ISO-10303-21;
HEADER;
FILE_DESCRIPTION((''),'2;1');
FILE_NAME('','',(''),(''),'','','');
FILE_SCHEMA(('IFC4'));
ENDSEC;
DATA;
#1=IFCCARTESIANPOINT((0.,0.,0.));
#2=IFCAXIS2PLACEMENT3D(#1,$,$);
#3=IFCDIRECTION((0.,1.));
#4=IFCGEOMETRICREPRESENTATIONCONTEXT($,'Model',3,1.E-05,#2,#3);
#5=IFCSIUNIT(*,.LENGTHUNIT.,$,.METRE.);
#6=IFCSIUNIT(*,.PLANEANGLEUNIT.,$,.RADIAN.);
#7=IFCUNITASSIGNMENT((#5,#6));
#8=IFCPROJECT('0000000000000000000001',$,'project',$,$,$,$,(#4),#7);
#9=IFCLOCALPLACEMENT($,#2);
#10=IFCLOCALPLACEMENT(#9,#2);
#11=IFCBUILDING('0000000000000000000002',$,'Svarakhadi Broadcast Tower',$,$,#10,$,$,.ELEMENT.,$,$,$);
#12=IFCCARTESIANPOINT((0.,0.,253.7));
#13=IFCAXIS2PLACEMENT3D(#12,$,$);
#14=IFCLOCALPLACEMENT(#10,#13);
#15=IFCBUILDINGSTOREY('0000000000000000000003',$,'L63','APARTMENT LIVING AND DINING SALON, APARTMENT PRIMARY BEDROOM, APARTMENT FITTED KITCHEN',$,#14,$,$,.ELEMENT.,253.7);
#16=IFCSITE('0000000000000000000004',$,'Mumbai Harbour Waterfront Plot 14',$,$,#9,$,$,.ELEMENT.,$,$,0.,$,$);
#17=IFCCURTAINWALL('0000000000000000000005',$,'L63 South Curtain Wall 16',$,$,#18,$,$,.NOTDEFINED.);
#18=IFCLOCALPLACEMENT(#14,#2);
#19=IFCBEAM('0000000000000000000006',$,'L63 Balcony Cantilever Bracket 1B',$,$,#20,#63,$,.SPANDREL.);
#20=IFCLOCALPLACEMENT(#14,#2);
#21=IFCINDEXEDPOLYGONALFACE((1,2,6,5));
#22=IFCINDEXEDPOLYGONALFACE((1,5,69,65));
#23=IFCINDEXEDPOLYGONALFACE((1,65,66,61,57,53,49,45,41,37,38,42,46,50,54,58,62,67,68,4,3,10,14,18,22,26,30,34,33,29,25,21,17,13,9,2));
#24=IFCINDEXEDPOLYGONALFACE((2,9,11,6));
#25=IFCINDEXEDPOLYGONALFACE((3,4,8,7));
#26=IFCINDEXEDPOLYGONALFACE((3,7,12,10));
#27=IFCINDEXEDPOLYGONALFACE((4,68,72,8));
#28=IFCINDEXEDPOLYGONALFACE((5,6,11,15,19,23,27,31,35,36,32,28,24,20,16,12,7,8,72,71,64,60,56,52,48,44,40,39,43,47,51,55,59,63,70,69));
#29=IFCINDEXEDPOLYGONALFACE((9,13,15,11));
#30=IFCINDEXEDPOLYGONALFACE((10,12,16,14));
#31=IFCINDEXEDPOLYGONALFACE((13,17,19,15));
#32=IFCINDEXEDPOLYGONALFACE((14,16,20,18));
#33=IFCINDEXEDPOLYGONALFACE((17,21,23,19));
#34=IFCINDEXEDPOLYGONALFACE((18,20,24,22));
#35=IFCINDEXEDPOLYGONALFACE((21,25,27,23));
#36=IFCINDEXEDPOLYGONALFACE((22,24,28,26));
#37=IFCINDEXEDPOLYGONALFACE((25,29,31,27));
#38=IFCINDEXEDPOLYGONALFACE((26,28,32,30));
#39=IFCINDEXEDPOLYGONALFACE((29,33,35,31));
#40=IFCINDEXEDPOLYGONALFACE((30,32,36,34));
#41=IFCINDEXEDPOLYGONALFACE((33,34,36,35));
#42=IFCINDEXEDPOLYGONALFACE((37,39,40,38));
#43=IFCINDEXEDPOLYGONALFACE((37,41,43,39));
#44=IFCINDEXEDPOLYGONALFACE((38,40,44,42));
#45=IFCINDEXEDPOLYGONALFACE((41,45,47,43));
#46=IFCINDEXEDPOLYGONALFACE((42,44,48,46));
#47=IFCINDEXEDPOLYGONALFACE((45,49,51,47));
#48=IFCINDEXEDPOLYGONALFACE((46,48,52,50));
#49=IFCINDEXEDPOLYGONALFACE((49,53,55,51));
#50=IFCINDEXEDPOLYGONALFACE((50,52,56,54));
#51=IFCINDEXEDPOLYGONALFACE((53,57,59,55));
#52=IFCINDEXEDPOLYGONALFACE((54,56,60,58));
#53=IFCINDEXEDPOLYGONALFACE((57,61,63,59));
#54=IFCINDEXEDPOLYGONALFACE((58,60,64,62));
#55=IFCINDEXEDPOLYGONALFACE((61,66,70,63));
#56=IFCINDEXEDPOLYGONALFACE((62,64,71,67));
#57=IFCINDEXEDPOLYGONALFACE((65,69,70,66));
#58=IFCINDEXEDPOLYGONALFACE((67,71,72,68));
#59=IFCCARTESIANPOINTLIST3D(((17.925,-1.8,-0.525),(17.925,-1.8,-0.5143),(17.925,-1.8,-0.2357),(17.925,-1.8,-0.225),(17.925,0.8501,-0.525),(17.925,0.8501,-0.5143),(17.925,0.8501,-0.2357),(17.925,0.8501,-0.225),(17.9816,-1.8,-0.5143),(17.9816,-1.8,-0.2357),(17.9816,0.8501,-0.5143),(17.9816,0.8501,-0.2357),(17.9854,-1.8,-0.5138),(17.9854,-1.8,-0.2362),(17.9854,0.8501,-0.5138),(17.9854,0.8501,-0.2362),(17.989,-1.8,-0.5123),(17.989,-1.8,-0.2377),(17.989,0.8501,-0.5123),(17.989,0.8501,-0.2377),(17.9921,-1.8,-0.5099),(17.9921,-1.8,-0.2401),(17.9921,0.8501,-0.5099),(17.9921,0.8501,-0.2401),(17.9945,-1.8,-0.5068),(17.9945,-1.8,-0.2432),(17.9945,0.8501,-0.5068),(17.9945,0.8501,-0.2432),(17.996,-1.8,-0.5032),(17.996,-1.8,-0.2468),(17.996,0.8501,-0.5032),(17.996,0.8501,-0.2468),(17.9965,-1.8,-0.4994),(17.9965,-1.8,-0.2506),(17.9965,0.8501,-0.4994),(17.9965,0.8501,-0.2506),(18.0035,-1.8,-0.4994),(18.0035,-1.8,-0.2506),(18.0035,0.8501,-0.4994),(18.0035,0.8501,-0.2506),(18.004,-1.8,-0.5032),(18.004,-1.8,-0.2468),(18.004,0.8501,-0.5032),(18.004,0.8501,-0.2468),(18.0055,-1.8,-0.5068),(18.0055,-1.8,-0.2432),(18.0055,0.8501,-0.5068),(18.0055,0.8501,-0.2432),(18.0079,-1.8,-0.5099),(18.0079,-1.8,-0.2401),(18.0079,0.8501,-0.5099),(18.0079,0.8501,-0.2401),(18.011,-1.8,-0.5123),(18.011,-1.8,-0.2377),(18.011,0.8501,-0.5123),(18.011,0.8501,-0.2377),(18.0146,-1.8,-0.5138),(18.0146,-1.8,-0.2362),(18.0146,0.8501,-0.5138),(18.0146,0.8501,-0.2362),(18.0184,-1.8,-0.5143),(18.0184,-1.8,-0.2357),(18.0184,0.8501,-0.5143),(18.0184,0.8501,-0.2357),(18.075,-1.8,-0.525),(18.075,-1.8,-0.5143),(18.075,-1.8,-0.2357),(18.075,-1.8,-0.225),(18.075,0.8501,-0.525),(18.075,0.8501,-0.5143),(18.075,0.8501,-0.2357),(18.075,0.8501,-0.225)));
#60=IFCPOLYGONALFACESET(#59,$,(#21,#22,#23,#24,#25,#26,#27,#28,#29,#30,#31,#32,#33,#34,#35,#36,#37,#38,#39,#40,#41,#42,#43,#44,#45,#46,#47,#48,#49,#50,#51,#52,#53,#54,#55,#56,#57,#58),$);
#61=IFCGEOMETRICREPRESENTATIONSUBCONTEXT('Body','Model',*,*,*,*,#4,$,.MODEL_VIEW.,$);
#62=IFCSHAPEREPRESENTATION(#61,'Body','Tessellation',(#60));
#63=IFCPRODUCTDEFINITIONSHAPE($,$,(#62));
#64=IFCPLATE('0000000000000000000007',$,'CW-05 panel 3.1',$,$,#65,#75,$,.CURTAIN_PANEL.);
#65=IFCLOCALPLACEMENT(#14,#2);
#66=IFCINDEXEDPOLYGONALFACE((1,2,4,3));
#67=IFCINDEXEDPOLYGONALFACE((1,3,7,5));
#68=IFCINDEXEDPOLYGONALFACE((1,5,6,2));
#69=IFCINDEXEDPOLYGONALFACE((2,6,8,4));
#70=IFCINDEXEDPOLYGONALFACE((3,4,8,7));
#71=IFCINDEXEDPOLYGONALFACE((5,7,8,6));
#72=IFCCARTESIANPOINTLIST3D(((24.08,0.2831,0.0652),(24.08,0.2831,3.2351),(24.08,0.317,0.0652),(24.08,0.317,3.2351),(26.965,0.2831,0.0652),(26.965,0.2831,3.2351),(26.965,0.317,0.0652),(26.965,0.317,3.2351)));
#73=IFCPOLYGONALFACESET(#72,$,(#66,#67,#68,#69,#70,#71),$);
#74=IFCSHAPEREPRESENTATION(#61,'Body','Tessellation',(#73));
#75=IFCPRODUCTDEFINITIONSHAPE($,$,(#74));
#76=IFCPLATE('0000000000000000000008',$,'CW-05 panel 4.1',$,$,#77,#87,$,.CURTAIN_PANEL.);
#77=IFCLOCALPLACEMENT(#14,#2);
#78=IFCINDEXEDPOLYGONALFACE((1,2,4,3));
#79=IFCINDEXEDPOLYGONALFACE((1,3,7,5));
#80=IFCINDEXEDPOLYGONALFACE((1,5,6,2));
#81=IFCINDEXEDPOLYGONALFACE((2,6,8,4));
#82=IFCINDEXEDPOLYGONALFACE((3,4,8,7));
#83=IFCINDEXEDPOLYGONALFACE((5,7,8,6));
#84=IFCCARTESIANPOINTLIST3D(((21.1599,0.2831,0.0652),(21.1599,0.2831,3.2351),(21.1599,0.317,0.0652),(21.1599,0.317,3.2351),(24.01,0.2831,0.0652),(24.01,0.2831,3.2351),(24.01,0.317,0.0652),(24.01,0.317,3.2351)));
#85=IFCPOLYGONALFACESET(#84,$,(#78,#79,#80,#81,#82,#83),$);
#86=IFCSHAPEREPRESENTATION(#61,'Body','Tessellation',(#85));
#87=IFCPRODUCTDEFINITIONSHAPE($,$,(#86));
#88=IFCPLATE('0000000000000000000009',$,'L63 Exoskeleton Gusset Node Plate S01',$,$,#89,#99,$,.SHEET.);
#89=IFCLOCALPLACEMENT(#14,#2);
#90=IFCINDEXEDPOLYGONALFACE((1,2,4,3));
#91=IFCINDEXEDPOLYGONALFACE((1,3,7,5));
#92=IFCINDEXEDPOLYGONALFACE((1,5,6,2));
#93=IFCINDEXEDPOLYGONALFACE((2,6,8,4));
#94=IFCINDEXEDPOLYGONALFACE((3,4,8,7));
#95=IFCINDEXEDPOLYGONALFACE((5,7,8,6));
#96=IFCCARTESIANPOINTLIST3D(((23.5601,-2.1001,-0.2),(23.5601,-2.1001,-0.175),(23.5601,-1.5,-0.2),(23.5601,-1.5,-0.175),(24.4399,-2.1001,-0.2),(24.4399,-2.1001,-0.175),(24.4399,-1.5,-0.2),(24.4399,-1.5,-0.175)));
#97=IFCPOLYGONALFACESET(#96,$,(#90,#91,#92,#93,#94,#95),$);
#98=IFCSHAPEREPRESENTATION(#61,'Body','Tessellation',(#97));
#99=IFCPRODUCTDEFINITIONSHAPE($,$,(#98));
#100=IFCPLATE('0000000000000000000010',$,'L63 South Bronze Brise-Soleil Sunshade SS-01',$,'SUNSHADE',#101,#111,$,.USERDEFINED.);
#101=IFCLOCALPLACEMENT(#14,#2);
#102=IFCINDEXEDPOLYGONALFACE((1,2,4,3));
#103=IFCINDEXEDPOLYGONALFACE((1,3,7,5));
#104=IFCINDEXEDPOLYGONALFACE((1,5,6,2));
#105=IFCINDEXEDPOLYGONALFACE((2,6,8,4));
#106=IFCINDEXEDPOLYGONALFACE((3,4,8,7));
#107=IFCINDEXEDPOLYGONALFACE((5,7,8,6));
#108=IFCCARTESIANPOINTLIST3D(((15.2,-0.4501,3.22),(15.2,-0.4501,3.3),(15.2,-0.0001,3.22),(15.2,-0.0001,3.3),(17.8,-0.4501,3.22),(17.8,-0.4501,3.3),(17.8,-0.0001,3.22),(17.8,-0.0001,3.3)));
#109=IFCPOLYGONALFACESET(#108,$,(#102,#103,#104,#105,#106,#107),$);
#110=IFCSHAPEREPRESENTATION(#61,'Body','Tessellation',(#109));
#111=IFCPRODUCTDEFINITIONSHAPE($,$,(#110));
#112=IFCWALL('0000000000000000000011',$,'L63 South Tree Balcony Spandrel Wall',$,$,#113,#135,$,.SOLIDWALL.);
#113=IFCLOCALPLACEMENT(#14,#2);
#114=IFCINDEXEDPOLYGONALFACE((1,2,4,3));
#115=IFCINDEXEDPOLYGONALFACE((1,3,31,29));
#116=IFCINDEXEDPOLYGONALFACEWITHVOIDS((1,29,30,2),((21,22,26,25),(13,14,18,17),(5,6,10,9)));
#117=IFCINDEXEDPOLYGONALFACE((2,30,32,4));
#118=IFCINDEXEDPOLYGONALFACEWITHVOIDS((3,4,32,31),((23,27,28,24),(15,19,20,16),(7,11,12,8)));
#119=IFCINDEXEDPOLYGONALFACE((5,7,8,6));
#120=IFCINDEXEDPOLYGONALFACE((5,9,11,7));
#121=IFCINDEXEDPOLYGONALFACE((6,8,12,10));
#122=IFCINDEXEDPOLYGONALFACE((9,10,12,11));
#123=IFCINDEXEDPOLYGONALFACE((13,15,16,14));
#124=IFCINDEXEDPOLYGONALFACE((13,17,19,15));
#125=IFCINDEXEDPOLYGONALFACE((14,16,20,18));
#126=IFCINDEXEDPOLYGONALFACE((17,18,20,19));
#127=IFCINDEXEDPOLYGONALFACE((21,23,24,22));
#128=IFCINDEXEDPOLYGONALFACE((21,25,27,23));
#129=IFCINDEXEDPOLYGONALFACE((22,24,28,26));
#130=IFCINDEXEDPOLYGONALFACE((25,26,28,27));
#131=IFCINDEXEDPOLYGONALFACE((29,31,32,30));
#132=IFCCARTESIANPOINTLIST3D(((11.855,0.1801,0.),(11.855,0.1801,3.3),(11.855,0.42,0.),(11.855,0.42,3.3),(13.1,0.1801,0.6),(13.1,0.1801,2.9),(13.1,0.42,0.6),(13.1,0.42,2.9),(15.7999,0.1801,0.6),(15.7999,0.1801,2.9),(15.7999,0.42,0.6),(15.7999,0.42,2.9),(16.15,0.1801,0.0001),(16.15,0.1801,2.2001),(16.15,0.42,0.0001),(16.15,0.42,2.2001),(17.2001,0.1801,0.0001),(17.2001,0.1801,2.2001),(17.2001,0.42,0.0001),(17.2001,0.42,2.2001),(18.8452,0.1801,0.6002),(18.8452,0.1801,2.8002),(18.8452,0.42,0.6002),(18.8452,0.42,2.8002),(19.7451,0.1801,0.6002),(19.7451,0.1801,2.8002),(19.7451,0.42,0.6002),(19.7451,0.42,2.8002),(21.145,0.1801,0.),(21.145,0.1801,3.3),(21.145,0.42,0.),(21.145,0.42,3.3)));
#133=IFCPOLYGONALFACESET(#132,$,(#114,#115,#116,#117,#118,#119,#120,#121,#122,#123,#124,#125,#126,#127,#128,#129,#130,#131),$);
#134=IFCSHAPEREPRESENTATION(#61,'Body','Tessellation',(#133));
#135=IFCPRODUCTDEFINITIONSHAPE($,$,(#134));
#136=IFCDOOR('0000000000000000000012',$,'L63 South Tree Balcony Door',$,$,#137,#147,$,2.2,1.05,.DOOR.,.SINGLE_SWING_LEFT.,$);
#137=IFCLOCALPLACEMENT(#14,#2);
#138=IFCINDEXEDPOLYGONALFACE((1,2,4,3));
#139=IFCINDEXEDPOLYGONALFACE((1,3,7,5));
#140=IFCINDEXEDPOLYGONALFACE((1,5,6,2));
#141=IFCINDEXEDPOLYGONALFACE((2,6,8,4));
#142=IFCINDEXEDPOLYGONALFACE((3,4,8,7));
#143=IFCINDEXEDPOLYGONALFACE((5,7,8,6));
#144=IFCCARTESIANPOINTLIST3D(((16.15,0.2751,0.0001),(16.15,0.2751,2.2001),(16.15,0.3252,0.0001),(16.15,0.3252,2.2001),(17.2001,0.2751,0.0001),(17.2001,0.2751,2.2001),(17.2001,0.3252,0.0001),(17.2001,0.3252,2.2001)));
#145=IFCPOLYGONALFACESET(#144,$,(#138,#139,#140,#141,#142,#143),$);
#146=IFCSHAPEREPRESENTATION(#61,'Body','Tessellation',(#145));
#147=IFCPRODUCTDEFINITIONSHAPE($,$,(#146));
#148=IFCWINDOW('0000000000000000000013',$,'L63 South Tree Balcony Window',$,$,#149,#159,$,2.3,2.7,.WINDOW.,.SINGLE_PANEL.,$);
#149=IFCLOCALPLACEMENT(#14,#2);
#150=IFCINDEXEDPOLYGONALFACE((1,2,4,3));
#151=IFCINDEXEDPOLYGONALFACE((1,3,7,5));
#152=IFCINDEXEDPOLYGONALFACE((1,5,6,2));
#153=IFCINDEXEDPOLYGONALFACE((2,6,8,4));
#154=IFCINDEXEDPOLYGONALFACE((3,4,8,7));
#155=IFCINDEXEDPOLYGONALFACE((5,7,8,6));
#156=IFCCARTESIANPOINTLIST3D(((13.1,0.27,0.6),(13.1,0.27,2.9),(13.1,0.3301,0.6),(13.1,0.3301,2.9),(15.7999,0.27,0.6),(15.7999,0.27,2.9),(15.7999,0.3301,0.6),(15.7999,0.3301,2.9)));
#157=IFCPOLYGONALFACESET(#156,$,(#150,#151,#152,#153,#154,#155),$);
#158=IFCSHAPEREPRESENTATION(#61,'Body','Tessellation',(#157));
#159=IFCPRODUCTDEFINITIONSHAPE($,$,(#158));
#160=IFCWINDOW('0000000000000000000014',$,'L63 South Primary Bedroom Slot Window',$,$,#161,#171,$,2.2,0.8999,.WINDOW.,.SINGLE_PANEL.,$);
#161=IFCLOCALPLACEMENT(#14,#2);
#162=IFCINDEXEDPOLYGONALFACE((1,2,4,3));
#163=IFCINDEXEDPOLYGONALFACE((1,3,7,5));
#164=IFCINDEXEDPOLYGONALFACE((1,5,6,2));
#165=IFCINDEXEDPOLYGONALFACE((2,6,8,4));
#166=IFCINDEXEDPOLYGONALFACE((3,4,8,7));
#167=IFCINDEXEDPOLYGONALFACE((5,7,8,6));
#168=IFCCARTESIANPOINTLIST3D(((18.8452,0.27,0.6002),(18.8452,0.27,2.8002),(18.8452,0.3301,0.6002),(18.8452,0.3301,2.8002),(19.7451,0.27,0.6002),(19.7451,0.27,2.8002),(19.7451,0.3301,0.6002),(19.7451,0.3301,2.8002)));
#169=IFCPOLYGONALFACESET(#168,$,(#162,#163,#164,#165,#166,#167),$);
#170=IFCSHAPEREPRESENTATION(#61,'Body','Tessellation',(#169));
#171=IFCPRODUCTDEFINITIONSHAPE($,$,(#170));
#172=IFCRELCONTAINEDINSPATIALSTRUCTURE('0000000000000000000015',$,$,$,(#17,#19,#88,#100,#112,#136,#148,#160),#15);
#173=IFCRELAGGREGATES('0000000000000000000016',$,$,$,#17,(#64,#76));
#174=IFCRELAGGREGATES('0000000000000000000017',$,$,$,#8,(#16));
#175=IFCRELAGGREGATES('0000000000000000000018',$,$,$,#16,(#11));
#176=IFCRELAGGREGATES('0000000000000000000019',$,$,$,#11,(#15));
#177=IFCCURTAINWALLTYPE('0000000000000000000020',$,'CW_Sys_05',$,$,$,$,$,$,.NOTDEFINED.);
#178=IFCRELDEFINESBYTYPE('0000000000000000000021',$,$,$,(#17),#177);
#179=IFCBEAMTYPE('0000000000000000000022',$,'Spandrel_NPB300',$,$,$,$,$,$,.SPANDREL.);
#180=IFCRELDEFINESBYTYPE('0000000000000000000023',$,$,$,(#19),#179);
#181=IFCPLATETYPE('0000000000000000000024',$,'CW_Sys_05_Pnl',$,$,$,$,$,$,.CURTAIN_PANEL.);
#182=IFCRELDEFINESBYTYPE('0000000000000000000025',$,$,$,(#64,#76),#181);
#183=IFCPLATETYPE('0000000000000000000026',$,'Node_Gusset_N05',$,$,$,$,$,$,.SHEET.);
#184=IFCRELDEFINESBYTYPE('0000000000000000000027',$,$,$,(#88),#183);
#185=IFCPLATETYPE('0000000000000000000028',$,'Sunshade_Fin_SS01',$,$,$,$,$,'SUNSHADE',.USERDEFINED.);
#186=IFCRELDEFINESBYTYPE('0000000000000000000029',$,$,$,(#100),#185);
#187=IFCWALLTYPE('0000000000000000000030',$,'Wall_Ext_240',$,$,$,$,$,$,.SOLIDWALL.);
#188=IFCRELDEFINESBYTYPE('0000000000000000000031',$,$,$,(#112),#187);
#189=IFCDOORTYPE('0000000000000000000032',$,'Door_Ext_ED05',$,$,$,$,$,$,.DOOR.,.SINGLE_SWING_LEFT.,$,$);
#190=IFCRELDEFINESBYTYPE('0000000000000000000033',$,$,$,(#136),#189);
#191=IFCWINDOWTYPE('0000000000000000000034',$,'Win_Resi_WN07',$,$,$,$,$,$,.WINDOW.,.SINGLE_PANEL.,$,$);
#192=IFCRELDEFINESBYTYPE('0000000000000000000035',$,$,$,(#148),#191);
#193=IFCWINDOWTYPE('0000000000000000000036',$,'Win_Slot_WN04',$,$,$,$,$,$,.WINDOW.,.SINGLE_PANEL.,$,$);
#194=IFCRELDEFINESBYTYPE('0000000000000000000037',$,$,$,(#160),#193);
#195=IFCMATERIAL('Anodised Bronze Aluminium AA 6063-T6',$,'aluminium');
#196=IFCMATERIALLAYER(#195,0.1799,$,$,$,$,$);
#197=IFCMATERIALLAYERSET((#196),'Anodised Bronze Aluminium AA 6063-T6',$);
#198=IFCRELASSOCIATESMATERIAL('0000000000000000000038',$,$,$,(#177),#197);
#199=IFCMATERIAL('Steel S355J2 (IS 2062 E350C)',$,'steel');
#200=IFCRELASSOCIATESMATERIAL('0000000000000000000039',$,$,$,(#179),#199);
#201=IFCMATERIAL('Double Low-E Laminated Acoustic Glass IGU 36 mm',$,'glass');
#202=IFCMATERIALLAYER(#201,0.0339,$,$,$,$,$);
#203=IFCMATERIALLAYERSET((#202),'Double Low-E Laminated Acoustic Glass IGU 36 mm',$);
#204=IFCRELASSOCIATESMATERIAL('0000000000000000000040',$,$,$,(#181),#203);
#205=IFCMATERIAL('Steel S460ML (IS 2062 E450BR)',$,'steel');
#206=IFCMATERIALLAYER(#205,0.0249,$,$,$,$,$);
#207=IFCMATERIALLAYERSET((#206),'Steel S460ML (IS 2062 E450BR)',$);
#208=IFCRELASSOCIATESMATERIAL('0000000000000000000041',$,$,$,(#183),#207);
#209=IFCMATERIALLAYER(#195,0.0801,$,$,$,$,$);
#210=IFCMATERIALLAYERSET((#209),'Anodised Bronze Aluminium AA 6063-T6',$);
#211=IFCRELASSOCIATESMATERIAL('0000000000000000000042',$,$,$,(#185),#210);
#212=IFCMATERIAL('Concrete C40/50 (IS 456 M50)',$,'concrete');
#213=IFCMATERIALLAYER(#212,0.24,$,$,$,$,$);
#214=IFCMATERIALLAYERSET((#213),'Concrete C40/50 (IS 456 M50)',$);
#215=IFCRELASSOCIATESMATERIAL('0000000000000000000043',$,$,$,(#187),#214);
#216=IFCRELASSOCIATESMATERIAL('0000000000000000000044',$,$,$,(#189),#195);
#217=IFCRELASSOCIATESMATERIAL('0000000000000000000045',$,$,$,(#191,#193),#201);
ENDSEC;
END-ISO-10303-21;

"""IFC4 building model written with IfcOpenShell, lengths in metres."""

from ifc_helpers import new_model, si_unit, direction, frame, frame_2d, origin, origin_2d, place, context, subcontext, project, spatial, rectangle, i_section, extrude, material, layer, layer_set, material_profile, profile_set, type_object, element, fill, aggregate, save


model = new_model("IFC4")

# Units and contexts
model_context = context("Model", 3, precision=1e-05, world=origin(), true_north=direction((0.0, 1.0)))
body_context = subcontext(model_context, "Body", "Model", "MODEL_VIEW")
ifc_project = project(units=[si_unit("LENGTHUNIT", "METRE"), si_unit("PLANEANGLEUNIT", "RADIAN")], contexts=[model_context])

# Site, building, storey
site_placement = place(None, origin())
site = spatial("IfcSite", under=ifc_project, at=site_placement, Name="Mumbai Harbour Waterfront Plot 14", CompositionType="ELEMENT", RefElevation=0.0)
building_placement = place(site_placement, origin())
building = spatial("IfcBuilding", under=site, at=building_placement, Name="Svarakhadi Broadcast Tower", CompositionType="ELEMENT")
storey_placement = place(building_placement, frame((0.0, 0.0, 253.7)))
storey = spatial("IfcBuildingStorey", under=building, at=storey_placement, Name="L63", Description="APARTMENT LIVING AND DINING SALON, APARTMENT PRIMARY BEDROOM, APARTMENT FITTED KITCHEN", CompositionType="ELEMENT", Elevation=253.7)

# Shared definitions
ifc_material_1 = material(Name="Steel S460ML (IS 2062 E450BR)", Category="steel")

# Curtain wall
ifc_material_2 = material(Name="Anodised Bronze Aluminium AA 6063-T6", Category="aluminium")
ifc_layer_1 = layer(ifc_material_2, 0.1799)
ifc_layer_set_1 = layer_set([ifc_layer_1], Name="Anodised Bronze Aluminium AA 6063-T6")
curtain_wall_type = type_object("IfcCurtainWallType", Name="CW_Sys_05", PredefinedType="NOTDEFINED", material=ifc_layer_set_1)
curtain_wall_placement = place(storey_placement, origin())
curtain_wall = element("IfcCurtainWall", 1, at=curtain_wall_placement, inside=storey, type_object=curtain_wall_type, Name="L63 South Curtain Wall 16", PredefinedType="NOTDEFINED")

# Beam
ifc_material_3 = material(Name="Steel S355J2 (IS 2062 E350C)", Category="steel")
ifc_material_profile_1 = material_profile(ifc_material_3, i_section(OverallWidth=0.1499, OverallDepth=0.3, WebThickness=0.0071, FlangeThickness=0.0107, FilletRadius=0.0149, at=origin_2d()), Name="NPB 300x150x37")
ifc_profile_set_1 = profile_set([ifc_material_profile_1], Name="Steel S355J2 (IS 2062 E350C)")
beam_type_1 = type_object("IfcBeamType", Name="Spandrel_NPB300", PredefinedType="SPANDREL", material=ifc_profile_set_1)
beam_placement = place(storey_placement, frame((18.0, 0.8501, -0.375), z_axis=(0.0, -1.0, 0.0), x_axis=(1.0, 0.0, 0.0)))
element("IfcBeam", 2, at=beam_placement, inside=storey, type_object=beam_type_1, Name="L63 Balcony Cantilever Bracket 1B", PredefinedType="SPANDREL", context=body_context, shape_type="SweptSolid", body=[
    extrude(i_section(OverallWidth=0.1499, OverallDepth=0.3, WebThickness=0.0071, FlangeThickness=0.0107, FilletRadius=0.0149, at=origin_2d()), origin(), (0.0, 0.0, 1.0), 2.6501),
])

# Plates
ifc_material_4 = material(Name="Double Low-E Laminated Acoustic Glass IGU 36 mm", Category="glass")
ifc_layer_2 = layer(ifc_material_4, 0.0339)
ifc_layer_set_2 = layer_set([ifc_layer_2], Name="Double Low-E Laminated Acoustic Glass IGU 36 mm")
plate_type_1 = type_object("IfcPlateType", Name="CW_Sys_05_Pnl", PredefinedType="CURTAIN_PANEL", material=ifc_layer_set_2)
plate_1_placement = place(storey_placement, frame((25.5225, 0.3, 0.0652), z_axis=(0.0, 0.0, 1.0), x_axis=(-1.0, 0.0, 0.0)))
plate_1 = element("IfcPlate", 3, at=plate_1_placement, type_object=plate_type_1, Name="CW-05 panel 3.1", PredefinedType="CURTAIN_PANEL", context=body_context, shape_type="SweptSolid", body=[
    extrude(rectangle(XDim=2.885, YDim=0.0339, at=origin_2d()), origin(), (0.0, 0.0, 1.0), 3.1699),
])
plate_2_placement = place(storey_placement, frame((22.585, 0.3, 0.0652), z_axis=(0.0, 0.0, 1.0), x_axis=(-1.0, 0.0, 0.0)))
plate_2 = element("IfcPlate", 4, at=plate_2_placement, type_object=plate_type_1, Name="CW-05 panel 4.1", PredefinedType="CURTAIN_PANEL", context=body_context, shape_type="SweptSolid", body=[
    extrude(rectangle(XDim=2.8501, YDim=0.0339, at=origin_2d()), origin(), (0.0, 0.0, 1.0), 3.1699),
])
aggregate(curtain_wall, [plate_1, plate_2])

# Plates
ifc_layer_3 = layer(ifc_material_1, 0.0249)
ifc_layer_set_3 = layer_set([ifc_layer_3], Name="Steel S460ML (IS 2062 E450BR)")
plate_type_2 = type_object("IfcPlateType", Name="Node_Gusset_N05", PredefinedType="SHEET", material=ifc_layer_set_3)
plate_3_placement = place(storey_placement, frame((24.0, -1.8, -0.2), z_axis=(0.0, 0.0, 1.0), x_axis=(1.0, 0.0, 0.0)))
element("IfcPlate", 5, at=plate_3_placement, inside=storey, type_object=plate_type_2, Name="L63 Exoskeleton Gusset Node Plate S01", PredefinedType="SHEET", context=body_context, shape_type="SweptSolid", body=[
    extrude(rectangle(XDim=0.8799, YDim=0.6001, at=origin_2d()), origin(), (0.0, 0.0, 1.0), 0.0249),
])
ifc_layer_4 = layer(ifc_material_2, 0.0801)
ifc_layer_set_4 = layer_set([ifc_layer_4], Name="Anodised Bronze Aluminium AA 6063-T6")
plate_type_3 = type_object("IfcPlateType", Name="Sunshade_Fin_SS01", ElementType="SUNSHADE", PredefinedType="USERDEFINED", material=ifc_layer_set_4)
plate_4_placement = place(storey_placement, frame((16.5, -0.2251, 3.22), z_axis=(0.0, 0.0, 1.0), x_axis=(1.0, 0.0, 0.0)))
element("IfcPlate", 6, at=plate_4_placement, inside=storey, type_object=plate_type_3, Name="L63 South Bronze Brise-Soleil Sunshade SS-01", ObjectType="SUNSHADE", PredefinedType="USERDEFINED", context=body_context, shape_type="SweptSolid", body=[
    extrude(rectangle(XDim=2.6001, YDim=0.45, at=origin_2d()), origin(), (0.0, 0.0, 1.0), 0.0801),
])

# Wall, openings, door, windows
ifc_material_5 = material(Name="Concrete C40/50 (IS 456 M50)", Category="concrete")
ifc_layer_5 = layer(ifc_material_5, 0.24)
ifc_layer_set_5 = layer_set([ifc_layer_5], Name="Concrete C40/50 (IS 456 M50)")
wall_type_1 = type_object("IfcWallType", Name="Wall_Ext_240", PredefinedType="SOLIDWALL", material=ifc_layer_set_5)
wall_1_placement = place(storey_placement, frame((21.145, 0.3, 0.0), z_axis=(0.0, 0.0, 1.0), x_axis=(-1.0, 0.0, 0.0)))
wall_1 = element("IfcWall", 7, at=wall_1_placement, inside=storey, type_object=wall_type_1, Name="L63 South Tree Balcony Spandrel Wall", PredefinedType="SOLIDWALL", context=body_context, shape_type="SweptSolid", body=[
    extrude(rectangle(XDim=9.29, YDim=0.24, at=frame_2d((4.645, 0.0))), origin(), (0.0, 0.0, 1.0), 3.3),
])
opening_1_placement = place(wall_1_placement, frame((3.9451, 0.0, 0.0)))
opening_1 = element("IfcOpeningElement", 8, at=opening_1_placement, cuts=wall_1, PredefinedType="OPENING", context=body_context, shape_type="SweptSolid", body=[
    extrude(rectangle(XDim=1.05, YDim=2.2, at=frame_2d((0.5249, 1.1001))), frame((0.0, 0.1299, 0.0), z_axis=(0.0, -1.0, 0.0), x_axis=(1.0, 0.0, 0.0)), (0.0, 0.0, 1.0), 0.26),
])
opening_2_placement = place(wall_1_placement, frame((5.345, 0.0, 0.6001)))
opening_2 = element("IfcOpeningElement", 9, at=opening_2_placement, cuts=wall_1, PredefinedType="OPENING", context=body_context, shape_type="SweptSolid", body=[
    extrude(rectangle(XDim=2.7, YDim=2.3, at=frame_2d((1.3501, 1.1499))), frame((0.0, 0.1299, 0.0), z_axis=(0.0, -1.0, 0.0), x_axis=(1.0, 0.0, 0.0)), (0.0, 0.0, 1.0), 0.26),
])
opening_3_placement = place(wall_1_placement, frame((1.3999, 0.0, 0.6001)))
opening_3 = element("IfcOpeningElement", 10, at=opening_3_placement, cuts=wall_1, PredefinedType="OPENING", context=body_context, shape_type="SweptSolid", body=[
    extrude(rectangle(XDim=0.8999, YDim=2.2, at=frame_2d((0.45, 1.1001))), frame((0.0, 0.1299, 0.0), z_axis=(0.0, -1.0, 0.0), x_axis=(1.0, 0.0, 0.0)), (0.0, 0.0, 1.0), 0.26),
])
door_type = type_object("IfcDoorType", Name="Door_Ext_ED05", OperationType="SINGLE_SWING_LEFT", PredefinedType="DOOR", material=ifc_material_2)
door_placement = place(opening_1_placement, origin())
door = element("IfcDoor", 11, at=door_placement, inside=storey, type_object=door_type, Name="L63 South Tree Balcony Door", OperationType="SINGLE_SWING_LEFT", OverallHeight=2.2, OverallWidth=1.05, PredefinedType="DOOR", context=body_context, shape_type="SweptSolid", body=[
    extrude(rectangle(XDim=1.05, YDim=2.2, at=frame_2d((0.5249, 1.1001))), frame((0.0, 0.0249, 0.0), z_axis=(0.0, -1.0, 0.0), x_axis=(1.0, 0.0, 0.0)), (0.0, 0.0, 1.0), 0.05),
])
fill(opening_1, door)
window_type_1 = type_object("IfcWindowType", Name="Win_Resi_WN07", PartitioningType="SINGLE_PANEL", PredefinedType="WINDOW", material=ifc_material_4)
window_1_placement = place(opening_2_placement, origin())
window_1 = element("IfcWindow", 12, at=window_1_placement, inside=storey, type_object=window_type_1, Name="L63 South Tree Balcony Window", OverallHeight=2.3, OverallWidth=2.7, PartitioningType="SINGLE_PANEL", PredefinedType="WINDOW", context=body_context, shape_type="SweptSolid", body=[
    extrude(rectangle(XDim=2.7, YDim=2.3, at=frame_2d((1.3501, 1.1499))), frame((0.0, 0.03, 0.0), z_axis=(0.0, -1.0, 0.0), x_axis=(1.0, 0.0, 0.0)), (0.0, 0.0, 1.0), 0.0601),
])
fill(opening_2, window_1)
window_type_2 = type_object("IfcWindowType", Name="Win_Slot_WN04", PartitioningType="SINGLE_PANEL", PredefinedType="WINDOW", material=ifc_material_4)
window_2_placement = place(opening_3_placement, origin())
window_2 = element("IfcWindow", 13, at=window_2_placement, inside=storey, type_object=window_type_2, Name="L63 South Primary Bedroom Slot Window", OverallHeight=2.2, OverallWidth=0.8999, PartitioningType="SINGLE_PANEL", PredefinedType="WINDOW", context=body_context, shape_type="SweptSolid", body=[
    extrude(rectangle(XDim=0.8999, YDim=2.2, at=frame_2d((0.45, 1.1001))), frame((0.0, 0.03, 0.0), z_axis=(0.0, -1.0, 0.0), x_axis=(1.0, 0.0, 0.0)), (0.0, 0.0, 1.0), 0.0601),
])
fill(opening_3, window_2)

save(model, "model.ifc")
